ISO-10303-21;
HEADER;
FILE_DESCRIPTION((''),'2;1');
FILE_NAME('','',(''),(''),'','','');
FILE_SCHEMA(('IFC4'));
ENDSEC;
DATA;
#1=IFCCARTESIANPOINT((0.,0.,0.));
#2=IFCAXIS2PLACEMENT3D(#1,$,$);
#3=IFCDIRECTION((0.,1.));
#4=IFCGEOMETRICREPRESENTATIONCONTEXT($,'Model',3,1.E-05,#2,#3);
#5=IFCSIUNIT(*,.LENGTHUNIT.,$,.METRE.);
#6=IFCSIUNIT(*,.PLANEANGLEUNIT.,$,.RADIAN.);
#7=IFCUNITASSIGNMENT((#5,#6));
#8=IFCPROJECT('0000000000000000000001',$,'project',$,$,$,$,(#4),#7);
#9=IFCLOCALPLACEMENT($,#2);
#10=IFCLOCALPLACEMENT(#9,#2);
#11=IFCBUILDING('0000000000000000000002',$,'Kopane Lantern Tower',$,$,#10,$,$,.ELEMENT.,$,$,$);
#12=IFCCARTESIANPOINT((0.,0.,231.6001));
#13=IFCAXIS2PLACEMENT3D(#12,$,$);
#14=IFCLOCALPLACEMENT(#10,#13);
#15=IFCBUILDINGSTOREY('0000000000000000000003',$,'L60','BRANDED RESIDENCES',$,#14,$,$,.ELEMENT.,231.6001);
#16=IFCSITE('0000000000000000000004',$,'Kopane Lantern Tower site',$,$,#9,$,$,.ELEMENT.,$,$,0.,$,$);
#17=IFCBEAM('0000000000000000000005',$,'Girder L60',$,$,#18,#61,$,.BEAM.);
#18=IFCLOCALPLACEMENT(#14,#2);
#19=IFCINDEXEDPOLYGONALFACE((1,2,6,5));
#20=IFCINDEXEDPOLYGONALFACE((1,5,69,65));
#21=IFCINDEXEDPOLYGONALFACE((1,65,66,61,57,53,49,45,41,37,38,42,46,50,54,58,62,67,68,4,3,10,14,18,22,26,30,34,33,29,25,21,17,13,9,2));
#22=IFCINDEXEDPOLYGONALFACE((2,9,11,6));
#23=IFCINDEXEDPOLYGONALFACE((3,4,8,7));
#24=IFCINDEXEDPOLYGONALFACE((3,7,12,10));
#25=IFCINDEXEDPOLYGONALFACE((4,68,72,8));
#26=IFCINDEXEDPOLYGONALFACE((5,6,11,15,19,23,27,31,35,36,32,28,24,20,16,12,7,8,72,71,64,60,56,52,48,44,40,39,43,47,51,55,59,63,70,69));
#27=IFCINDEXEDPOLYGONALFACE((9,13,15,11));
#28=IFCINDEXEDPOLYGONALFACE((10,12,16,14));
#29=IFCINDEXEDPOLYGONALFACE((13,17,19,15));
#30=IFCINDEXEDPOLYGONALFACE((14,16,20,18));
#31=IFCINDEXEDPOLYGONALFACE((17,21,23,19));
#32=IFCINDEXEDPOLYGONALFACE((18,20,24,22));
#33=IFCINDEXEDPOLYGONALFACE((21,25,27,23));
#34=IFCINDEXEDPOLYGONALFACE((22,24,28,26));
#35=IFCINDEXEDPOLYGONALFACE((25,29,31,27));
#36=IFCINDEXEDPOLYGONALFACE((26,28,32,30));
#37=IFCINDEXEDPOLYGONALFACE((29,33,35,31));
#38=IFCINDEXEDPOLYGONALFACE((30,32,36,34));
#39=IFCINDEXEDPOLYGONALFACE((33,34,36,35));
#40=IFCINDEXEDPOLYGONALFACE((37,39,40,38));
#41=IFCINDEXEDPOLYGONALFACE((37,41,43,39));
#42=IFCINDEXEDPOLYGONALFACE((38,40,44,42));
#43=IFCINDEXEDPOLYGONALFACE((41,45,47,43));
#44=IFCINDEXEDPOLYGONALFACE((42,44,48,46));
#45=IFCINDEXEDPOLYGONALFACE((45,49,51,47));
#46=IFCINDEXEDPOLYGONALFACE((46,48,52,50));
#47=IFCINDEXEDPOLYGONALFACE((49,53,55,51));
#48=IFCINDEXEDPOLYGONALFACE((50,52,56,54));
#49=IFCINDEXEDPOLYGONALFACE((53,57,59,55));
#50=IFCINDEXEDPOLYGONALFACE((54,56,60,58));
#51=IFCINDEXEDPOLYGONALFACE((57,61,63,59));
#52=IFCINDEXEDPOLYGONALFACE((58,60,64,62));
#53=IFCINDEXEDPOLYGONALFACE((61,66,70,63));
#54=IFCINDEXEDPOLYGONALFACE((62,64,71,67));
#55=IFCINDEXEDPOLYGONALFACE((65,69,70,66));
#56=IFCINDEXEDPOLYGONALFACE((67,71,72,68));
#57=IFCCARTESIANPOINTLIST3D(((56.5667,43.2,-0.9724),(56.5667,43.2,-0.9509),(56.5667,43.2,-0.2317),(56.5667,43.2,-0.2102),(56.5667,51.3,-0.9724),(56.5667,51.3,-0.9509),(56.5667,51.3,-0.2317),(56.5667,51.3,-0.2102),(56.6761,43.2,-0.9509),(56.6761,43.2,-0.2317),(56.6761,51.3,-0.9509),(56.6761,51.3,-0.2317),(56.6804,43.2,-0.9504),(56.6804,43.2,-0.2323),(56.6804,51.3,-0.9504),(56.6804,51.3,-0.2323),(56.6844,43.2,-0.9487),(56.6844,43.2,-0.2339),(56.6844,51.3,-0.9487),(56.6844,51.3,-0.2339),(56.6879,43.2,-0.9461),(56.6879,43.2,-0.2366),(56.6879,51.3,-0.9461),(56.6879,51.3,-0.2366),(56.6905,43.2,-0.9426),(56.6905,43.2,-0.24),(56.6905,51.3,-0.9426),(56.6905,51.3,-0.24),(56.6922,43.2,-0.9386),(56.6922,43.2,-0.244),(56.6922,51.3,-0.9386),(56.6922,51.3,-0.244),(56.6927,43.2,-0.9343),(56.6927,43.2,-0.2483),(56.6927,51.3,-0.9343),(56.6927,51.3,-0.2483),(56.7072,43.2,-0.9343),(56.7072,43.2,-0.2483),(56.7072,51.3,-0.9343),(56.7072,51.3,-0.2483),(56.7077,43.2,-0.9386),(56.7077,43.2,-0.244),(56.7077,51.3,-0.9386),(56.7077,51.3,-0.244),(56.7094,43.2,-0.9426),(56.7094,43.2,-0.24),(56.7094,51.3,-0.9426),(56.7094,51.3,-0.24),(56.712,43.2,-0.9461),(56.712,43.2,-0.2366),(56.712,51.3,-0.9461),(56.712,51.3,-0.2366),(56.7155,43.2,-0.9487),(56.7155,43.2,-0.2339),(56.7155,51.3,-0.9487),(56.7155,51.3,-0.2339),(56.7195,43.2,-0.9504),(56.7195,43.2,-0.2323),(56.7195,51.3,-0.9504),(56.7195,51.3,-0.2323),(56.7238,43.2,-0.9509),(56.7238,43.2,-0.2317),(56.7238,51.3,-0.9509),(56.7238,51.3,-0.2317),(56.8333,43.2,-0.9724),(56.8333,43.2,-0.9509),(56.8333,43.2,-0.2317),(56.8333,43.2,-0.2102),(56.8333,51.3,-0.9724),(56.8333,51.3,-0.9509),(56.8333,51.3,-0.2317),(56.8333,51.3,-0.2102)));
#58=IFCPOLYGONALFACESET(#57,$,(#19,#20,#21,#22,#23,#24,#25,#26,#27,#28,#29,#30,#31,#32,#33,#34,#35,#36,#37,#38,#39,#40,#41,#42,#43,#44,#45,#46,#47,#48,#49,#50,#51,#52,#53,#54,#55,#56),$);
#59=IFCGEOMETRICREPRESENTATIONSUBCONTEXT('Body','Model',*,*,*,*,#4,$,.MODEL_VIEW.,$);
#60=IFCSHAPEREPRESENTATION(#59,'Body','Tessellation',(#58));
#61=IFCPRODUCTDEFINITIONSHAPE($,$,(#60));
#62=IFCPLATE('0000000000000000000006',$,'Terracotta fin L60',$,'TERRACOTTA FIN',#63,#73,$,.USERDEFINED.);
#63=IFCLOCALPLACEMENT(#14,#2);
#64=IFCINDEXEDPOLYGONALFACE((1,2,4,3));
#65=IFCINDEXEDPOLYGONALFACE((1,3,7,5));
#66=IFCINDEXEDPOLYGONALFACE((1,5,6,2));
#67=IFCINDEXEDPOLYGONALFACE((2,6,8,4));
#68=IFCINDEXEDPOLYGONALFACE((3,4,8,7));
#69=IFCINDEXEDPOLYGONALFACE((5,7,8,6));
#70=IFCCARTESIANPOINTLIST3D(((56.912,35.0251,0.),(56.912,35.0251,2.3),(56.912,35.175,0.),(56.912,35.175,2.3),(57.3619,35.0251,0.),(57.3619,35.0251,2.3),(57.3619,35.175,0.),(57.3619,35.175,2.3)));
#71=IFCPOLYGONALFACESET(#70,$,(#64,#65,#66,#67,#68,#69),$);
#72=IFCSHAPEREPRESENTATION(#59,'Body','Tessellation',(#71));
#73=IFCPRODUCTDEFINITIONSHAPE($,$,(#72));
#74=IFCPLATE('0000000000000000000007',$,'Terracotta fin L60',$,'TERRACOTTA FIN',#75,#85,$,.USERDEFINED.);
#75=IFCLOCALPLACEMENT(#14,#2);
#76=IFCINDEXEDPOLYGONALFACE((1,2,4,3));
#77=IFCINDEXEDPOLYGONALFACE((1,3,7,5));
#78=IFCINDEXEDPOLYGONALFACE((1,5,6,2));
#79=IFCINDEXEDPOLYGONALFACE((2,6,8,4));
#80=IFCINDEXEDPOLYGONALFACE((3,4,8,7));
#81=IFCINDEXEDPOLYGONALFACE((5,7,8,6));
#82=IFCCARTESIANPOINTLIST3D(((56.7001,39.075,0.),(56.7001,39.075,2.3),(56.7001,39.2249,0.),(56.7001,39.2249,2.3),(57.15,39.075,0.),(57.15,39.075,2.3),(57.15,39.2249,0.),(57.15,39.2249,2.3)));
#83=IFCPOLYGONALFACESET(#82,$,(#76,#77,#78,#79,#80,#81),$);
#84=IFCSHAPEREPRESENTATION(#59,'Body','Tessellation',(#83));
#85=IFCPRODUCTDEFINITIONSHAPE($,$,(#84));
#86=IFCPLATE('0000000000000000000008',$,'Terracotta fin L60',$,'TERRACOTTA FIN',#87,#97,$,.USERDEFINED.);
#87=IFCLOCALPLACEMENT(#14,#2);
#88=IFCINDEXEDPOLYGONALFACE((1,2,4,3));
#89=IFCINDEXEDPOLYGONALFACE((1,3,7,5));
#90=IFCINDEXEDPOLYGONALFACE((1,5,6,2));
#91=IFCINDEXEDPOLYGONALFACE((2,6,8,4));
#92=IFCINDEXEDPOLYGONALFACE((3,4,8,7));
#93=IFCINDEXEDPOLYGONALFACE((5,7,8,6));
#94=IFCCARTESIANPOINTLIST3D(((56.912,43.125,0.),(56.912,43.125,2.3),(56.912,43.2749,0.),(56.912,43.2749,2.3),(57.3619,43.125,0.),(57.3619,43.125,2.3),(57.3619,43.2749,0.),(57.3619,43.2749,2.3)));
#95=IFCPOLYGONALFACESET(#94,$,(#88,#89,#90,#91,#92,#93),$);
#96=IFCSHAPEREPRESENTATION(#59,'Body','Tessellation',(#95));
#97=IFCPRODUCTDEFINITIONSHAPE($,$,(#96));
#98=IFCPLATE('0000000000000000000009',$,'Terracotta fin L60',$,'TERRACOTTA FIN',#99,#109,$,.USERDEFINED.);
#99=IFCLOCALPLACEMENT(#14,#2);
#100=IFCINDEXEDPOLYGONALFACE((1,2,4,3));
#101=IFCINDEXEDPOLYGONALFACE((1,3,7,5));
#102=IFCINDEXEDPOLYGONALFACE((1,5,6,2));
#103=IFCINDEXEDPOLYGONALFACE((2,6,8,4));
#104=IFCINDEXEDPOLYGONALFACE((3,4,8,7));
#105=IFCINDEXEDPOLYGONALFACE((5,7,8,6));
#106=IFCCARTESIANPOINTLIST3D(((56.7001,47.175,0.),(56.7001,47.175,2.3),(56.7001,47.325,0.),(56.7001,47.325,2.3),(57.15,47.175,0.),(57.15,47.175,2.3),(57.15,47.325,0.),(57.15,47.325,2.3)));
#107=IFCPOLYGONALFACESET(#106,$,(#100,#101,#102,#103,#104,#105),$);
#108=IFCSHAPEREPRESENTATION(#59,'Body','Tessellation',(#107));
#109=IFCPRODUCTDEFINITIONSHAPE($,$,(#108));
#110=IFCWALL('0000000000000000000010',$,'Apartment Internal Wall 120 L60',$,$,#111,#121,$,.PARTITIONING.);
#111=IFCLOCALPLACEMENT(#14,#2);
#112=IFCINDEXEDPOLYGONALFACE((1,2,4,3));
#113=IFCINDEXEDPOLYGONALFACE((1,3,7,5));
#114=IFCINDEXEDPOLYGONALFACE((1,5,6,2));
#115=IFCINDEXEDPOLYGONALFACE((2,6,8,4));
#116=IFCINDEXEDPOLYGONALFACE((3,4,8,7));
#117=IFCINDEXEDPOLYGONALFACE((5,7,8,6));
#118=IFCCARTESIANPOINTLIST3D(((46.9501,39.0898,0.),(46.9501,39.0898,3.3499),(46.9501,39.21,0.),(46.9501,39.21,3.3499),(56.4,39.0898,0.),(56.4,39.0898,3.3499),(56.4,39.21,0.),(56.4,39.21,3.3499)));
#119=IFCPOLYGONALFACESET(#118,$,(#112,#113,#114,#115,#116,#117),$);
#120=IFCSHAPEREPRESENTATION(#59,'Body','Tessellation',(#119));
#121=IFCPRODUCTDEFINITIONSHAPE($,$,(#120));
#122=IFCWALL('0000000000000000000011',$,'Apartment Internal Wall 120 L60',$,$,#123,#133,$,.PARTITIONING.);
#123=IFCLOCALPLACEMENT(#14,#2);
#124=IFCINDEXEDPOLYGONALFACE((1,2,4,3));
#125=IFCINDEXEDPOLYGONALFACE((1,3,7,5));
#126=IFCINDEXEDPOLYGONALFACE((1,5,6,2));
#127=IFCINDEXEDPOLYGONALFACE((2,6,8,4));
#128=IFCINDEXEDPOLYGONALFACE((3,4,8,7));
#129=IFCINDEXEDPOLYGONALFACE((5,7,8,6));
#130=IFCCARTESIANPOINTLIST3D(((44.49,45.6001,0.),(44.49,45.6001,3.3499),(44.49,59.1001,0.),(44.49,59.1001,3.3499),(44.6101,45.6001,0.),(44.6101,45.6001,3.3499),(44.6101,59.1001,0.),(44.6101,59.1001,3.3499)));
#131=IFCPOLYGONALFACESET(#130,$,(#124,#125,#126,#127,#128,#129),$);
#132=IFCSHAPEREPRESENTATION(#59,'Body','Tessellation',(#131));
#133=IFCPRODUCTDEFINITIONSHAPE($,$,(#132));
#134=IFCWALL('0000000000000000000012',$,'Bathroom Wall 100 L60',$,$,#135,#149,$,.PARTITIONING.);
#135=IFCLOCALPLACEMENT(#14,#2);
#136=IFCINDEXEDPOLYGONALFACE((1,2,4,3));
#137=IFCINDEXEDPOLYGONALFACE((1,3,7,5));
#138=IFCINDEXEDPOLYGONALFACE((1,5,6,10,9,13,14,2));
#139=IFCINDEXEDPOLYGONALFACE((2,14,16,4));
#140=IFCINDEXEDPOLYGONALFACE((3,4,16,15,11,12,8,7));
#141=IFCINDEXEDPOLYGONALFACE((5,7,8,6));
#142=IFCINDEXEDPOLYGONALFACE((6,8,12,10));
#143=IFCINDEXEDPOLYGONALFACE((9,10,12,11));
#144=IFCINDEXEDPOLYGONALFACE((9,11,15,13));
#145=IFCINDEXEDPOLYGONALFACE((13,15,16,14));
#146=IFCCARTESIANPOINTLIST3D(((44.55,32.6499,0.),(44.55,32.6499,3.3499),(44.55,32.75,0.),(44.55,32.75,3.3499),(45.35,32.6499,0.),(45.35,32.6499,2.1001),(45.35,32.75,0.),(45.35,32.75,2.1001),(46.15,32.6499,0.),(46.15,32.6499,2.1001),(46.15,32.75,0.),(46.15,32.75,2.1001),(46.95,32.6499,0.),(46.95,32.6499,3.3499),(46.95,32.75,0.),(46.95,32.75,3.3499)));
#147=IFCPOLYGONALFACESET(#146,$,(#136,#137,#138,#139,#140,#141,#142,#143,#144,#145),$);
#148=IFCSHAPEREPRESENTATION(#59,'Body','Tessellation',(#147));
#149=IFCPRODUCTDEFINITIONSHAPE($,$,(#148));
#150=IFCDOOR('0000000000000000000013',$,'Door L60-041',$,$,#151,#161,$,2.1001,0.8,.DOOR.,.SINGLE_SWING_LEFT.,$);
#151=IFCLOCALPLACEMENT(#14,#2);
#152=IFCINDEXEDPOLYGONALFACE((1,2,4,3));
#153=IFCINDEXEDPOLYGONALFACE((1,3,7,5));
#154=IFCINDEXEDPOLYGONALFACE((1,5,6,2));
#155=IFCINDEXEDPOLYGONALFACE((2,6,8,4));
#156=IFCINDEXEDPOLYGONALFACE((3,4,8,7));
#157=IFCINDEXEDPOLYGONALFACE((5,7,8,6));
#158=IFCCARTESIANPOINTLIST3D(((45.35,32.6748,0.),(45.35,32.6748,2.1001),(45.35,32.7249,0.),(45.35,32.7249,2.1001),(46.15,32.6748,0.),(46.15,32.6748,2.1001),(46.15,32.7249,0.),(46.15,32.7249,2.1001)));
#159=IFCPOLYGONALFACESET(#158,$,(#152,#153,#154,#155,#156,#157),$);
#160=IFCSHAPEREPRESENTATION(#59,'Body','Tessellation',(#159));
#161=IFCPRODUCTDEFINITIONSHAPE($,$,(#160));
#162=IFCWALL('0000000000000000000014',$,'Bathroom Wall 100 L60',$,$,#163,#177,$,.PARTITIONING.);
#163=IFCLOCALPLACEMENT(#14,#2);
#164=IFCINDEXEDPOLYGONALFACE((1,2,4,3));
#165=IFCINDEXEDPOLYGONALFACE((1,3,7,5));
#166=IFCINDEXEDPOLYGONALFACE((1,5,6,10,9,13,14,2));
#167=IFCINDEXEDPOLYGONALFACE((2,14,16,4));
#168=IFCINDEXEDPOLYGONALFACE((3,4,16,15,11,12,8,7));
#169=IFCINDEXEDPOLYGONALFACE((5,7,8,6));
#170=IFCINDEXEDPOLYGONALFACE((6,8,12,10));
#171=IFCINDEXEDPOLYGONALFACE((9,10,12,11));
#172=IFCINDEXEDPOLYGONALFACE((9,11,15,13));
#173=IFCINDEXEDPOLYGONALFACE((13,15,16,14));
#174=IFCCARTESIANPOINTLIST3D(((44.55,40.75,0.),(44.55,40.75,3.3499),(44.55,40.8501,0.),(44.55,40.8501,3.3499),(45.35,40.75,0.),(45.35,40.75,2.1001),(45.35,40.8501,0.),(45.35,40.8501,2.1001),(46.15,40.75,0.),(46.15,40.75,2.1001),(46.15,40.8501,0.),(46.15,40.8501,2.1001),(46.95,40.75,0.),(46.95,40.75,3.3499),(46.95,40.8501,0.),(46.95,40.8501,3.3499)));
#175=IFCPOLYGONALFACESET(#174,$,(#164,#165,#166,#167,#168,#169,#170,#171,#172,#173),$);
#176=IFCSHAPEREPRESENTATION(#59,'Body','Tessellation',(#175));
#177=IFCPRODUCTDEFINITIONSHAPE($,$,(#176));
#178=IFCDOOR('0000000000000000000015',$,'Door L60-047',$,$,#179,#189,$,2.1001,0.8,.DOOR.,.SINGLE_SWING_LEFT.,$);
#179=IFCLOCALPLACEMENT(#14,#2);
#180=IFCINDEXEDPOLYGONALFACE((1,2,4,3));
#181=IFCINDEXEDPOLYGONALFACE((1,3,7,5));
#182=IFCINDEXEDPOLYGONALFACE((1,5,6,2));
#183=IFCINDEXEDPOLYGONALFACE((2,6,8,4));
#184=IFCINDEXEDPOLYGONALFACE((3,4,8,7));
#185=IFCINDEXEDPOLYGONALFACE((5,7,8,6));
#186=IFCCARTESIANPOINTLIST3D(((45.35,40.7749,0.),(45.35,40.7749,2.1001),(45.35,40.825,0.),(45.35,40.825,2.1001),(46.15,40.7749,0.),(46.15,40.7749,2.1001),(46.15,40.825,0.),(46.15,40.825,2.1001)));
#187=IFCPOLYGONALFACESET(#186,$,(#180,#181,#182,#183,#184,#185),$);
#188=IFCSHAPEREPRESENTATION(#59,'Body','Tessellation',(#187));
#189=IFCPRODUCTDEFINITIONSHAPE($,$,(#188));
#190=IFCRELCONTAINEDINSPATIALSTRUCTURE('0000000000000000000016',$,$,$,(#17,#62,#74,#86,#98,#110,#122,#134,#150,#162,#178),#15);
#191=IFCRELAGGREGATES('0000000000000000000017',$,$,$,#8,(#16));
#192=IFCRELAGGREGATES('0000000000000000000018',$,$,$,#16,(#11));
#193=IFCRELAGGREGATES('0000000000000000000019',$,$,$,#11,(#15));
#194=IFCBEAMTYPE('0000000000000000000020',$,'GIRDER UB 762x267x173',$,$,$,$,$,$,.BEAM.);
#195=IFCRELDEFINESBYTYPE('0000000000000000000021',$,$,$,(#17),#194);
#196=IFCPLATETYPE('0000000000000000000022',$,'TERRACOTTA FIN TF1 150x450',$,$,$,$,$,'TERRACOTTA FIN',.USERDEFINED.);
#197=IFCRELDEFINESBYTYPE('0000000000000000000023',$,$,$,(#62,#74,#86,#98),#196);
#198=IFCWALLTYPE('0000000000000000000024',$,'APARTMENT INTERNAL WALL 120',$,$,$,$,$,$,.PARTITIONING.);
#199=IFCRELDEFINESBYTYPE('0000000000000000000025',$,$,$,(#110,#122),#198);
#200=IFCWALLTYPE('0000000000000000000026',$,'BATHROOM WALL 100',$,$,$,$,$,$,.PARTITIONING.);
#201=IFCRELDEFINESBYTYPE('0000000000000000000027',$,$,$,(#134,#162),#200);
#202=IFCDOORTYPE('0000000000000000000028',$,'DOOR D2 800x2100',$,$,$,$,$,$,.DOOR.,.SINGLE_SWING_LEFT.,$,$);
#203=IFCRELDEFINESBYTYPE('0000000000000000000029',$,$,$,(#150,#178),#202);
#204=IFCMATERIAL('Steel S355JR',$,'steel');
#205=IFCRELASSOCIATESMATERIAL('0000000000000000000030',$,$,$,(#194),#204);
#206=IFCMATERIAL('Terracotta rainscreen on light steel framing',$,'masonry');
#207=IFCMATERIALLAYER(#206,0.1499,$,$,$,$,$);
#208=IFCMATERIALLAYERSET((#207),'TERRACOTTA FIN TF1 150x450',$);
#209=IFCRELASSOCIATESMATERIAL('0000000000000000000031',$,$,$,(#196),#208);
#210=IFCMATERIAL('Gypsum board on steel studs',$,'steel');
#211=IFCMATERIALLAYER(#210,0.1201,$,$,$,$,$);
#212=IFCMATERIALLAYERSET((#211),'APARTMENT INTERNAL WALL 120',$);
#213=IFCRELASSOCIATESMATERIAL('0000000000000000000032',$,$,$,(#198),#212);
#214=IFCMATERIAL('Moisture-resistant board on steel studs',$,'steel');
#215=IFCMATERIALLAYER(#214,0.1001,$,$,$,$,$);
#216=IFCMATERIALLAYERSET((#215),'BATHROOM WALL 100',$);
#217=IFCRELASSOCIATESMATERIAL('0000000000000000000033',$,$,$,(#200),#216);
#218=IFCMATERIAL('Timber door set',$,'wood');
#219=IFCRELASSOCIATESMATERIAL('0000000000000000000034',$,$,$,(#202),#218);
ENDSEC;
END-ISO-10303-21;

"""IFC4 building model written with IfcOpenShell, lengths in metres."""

from ifc_helpers import new_model, si_unit, direction, frame, frame_2d, origin, origin_2d, place, context, subcontext, project, spatial, rectangle, i_section, extrude, material, layer, layer_set, material_profile, profile_set, type_object, element, fill, save


model = new_model("IFC4")

# Units and contexts
model_context = context("Model", 3, precision=1e-05, world=origin(), true_north=direction((0.0, 1.0)))
body_context = subcontext(model_context, "Body", "Model", "MODEL_VIEW")
ifc_project = project(units=[si_unit("LENGTHUNIT", "METRE"), si_unit("PLANEANGLEUNIT", "RADIAN")], contexts=[model_context])

# Site, building, storey
site_placement = place(None, origin())
site = spatial("IfcSite", under=ifc_project, at=site_placement, Name="Kopane Lantern Tower site", CompositionType="ELEMENT", RefElevation=0.0)
building_placement = place(site_placement, origin())
building = spatial("IfcBuilding", under=site, at=building_placement, Name="Kopane Lantern Tower", CompositionType="ELEMENT")
storey_placement = place(building_placement, frame((0.0, 0.0, 231.6001)))
storey = spatial("IfcBuildingStorey", under=building, at=storey_placement, Name="L60", Description="BRANDED RESIDENCES", CompositionType="ELEMENT", Elevation=231.6001)

# Beam
ifc_material_1 = material(Name="Steel S355JR", Category="steel")
ifc_material_profile_1 = material_profile(ifc_material_1, i_section(OverallWidth=0.2666, OverallDepth=0.7622, WebThickness=0.0144, FlangeThickness=0.0215, FilletRadius=0.0166, at=origin_2d()), Name="UB 762x267x173")
ifc_profile_set_1 = profile_set([ifc_material_profile_1], Name="Steel S355JR")
beam_type = type_object("IfcBeamType", Name="GIRDER UB 762x267x173", PredefinedType="BEAM", material=ifc_profile_set_1)
beam_1_placement = place(storey_placement, frame((56.7, 43.2, -0.5913), z_axis=(0.0, 1.0, 0.0), x_axis=(-1.0, 0.0, 0.0)))
element("IfcBeam", 1, at=beam_1_placement, inside=storey, type_object=beam_type, Name="Girder L60", PredefinedType="BEAM", context=body_context, shape_type="SweptSolid", body=[
    extrude(i_section(OverallWidth=0.2666, OverallDepth=0.7622, WebThickness=0.0144, FlangeThickness=0.0215, FilletRadius=0.0166, at=origin_2d()), origin(), (0.0, 0.0, 1.0), 8.1001),
])

# Plates
ifc_material_2 = material(Name="Terracotta rainscreen on light steel framing", Category="masonry")
ifc_layer_1 = layer(ifc_material_2, 0.1499)
ifc_layer_set_1 = layer_set([ifc_layer_1], Name="TERRACOTTA FIN TF1 150x450")
plate_type = type_object("IfcPlateType", Name="TERRACOTTA FIN TF1 150x450", ElementType="TERRACOTTA FIN", PredefinedType="USERDEFINED", material=ifc_layer_set_1)
for number, where, z_axis, x_axis, name in (
    (2, (57.137, 35.1001, 0.0), (0.0, 0.0, 1.0), (0.0, 1.0, 0.0), "Terracotta fin L60"),
    (3, (56.925, 39.1499, 0.0), (0.0, 0.0, 1.0), (0.0, 1.0, 0.0), "Terracotta fin L60"),
    (4, (57.137, 43.2, 0.0), (0.0, 0.0, 1.0), (0.0, 1.0, 0.0), "Terracotta fin L60"),
    (5, (56.925, 47.25, 0.0), (0.0, 0.0, 1.0), (0.0, 1.0, 0.0), "Terracotta fin L60"),
):
    element("IfcPlate", number, at=place(storey_placement, frame(where, z_axis=z_axis, x_axis=x_axis)), inside=storey, type_object=plate_type, Name=name, ObjectType="TERRACOTTA FIN", PredefinedType="USERDEFINED", context=body_context, shape_type="SweptSolid", body=[
        extrude(rectangle(XDim=0.1499, YDim=0.45, at=origin_2d()), origin(), (0.0, 0.0, 1.0), 2.3),
    ])

# Walls
ifc_material_3 = material(Name="Gypsum board on steel studs", Category="steel")
ifc_layer_2 = layer(ifc_material_3, 0.1201)
ifc_layer_set_2 = layer_set([ifc_layer_2], Name="APARTMENT INTERNAL WALL 120")
wall_type_1 = type_object("IfcWallType", Name="APARTMENT INTERNAL WALL 120", PredefinedType="PARTITIONING", material=ifc_layer_set_2)
wall_1_placement = place(storey_placement, frame((46.95, 39.1499, 0.0), z_axis=(0.0, 0.0, 1.0), x_axis=(1.0, 0.0, 0.0)))
element("IfcWall", 6, at=wall_1_placement, inside=storey, type_object=wall_type_1, Name="Apartment Internal Wall 120 L60", PredefinedType="PARTITIONING", context=body_context, shape_type="SweptSolid", body=[
    extrude(rectangle(XDim=9.45, YDim=0.1201, at=frame_2d((4.7251, 0.0))), origin(), (0.0, 0.0, 1.0), 3.3499),
])
wall_2_placement = place(storey_placement, frame((44.55, 45.6001, 0.0), z_axis=(0.0, 0.0, 1.0), x_axis=(0.0, 1.0, 0.0)))
element("IfcWall", 7, at=wall_2_placement, inside=storey, type_object=wall_type_1, Name="Apartment Internal Wall 120 L60", PredefinedType="PARTITIONING", context=body_context, shape_type="SweptSolid", body=[
    extrude(rectangle(XDim=13.5, YDim=0.1201, at=frame_2d((6.75, 0.0))), origin(), (0.0, 0.0, 1.0), 3.3499),
])

# Walls, openings, doors
ifc_material_4 = material(Name="Moisture-resistant board on steel studs", Category="steel")
ifc_layer_3 = layer(ifc_material_4, 0.1001)
ifc_layer_set_3 = layer_set([ifc_layer_3], Name="BATHROOM WALL 100")
wall_type_2 = type_object("IfcWallType", Name="BATHROOM WALL 100", PredefinedType="PARTITIONING", material=ifc_layer_set_3)
wall_3_placement = place(storey_placement, frame((44.55, 32.7, 0.0), z_axis=(0.0, 0.0, 1.0), x_axis=(1.0, 0.0, 0.0)))
wall_3 = element("IfcWall", 8, at=wall_3_placement, inside=storey, type_object=wall_type_2, Name="Bathroom Wall 100 L60", PredefinedType="PARTITIONING", context=body_context, shape_type="SweptSolid", body=[
    extrude(rectangle(XDim=2.3999, YDim=0.1001, at=frame_2d((1.2, 0.0))), origin(), (0.0, 0.0, 1.0), 3.3499),
])
opening_1_placement = place(wall_3_placement, frame((0.8, 0.0, 0.0)))
opening_1 = element("IfcOpeningElement", 9, at=opening_1_placement, cuts=wall_3, PredefinedType="OPENING", context=body_context, shape_type="SweptSolid", body=[
    extrude(rectangle(XDim=0.8, YDim=2.1001, at=frame_2d((0.3999, 1.05))), frame((0.0, 0.0601, 0.0), z_axis=(0.0, -1.0, 0.0), x_axis=(1.0, 0.0, 0.0)), (0.0, 0.0, 1.0), 0.1201),
])
ifc_material_5 = material(Name="Timber door set", Category="wood")
door_type = type_object("IfcDoorType", Name="DOOR D2 800x2100", OperationType="SINGLE_SWING_LEFT", PredefinedType="DOOR", material=ifc_material_5)
door_1_placement = place(opening_1_placement, origin())
door_1 = element("IfcDoor", 10, at=door_1_placement, inside=storey, type_object=door_type, Name="Door L60-041", OperationType="SINGLE_SWING_LEFT", OverallHeight=2.1001, OverallWidth=0.8, PredefinedType="DOOR", context=body_context, shape_type="SweptSolid", body=[
    extrude(rectangle(XDim=0.8, YDim=2.1001, at=frame_2d((0.3999, 1.05))), frame((0.0, 0.0249, 0.0), z_axis=(0.0, -1.0, 0.0), x_axis=(1.0, 0.0, 0.0)), (0.0, 0.0, 1.0), 0.05),
])
fill(opening_1, door_1)
wall_4_placement = place(storey_placement, frame((44.55, 40.8, 0.0), z_axis=(0.0, 0.0, 1.0), x_axis=(1.0, 0.0, 0.0)))
wall_4 = element("IfcWall", 11, at=wall_4_placement, inside=storey, type_object=wall_type_2, Name="Bathroom Wall 100 L60", PredefinedType="PARTITIONING", context=body_context, shape_type="SweptSolid", body=[
    extrude(rectangle(XDim=2.3999, YDim=0.1001, at=frame_2d((1.2, 0.0))), origin(), (0.0, 0.0, 1.0), 3.3499),
])
opening_2_placement = place(wall_4_placement, frame((0.8, 0.0, 0.0)))
opening_2 = element("IfcOpeningElement", 12, at=opening_2_placement, cuts=wall_4, PredefinedType="OPENING", context=body_context, shape_type="SweptSolid", body=[
    extrude(rectangle(XDim=0.8, YDim=2.1001, at=frame_2d((0.3999, 1.05))), frame((0.0, 0.0601, 0.0), z_axis=(0.0, -1.0, 0.0), x_axis=(1.0, 0.0, 0.0)), (0.0, 0.0, 1.0), 0.1201),
])
door_2_placement = place(opening_2_placement, origin())
door_2 = element("IfcDoor", 13, at=door_2_placement, inside=storey, type_object=door_type, Name="Door L60-047", OperationType="SINGLE_SWING_LEFT", OverallHeight=2.1001, OverallWidth=0.8, PredefinedType="DOOR", context=body_context, shape_type="SweptSolid", body=[
    extrude(rectangle(XDim=0.8, YDim=2.1001, at=frame_2d((0.3999, 1.05))), frame((0.0, 0.0249, 0.0), z_axis=(0.0, -1.0, 0.0), x_axis=(1.0, 0.0, 0.0)), (0.0, 0.0, 1.0), 0.05),
])
fill(opening_2, door_2)

save(model, "model.ifc")
